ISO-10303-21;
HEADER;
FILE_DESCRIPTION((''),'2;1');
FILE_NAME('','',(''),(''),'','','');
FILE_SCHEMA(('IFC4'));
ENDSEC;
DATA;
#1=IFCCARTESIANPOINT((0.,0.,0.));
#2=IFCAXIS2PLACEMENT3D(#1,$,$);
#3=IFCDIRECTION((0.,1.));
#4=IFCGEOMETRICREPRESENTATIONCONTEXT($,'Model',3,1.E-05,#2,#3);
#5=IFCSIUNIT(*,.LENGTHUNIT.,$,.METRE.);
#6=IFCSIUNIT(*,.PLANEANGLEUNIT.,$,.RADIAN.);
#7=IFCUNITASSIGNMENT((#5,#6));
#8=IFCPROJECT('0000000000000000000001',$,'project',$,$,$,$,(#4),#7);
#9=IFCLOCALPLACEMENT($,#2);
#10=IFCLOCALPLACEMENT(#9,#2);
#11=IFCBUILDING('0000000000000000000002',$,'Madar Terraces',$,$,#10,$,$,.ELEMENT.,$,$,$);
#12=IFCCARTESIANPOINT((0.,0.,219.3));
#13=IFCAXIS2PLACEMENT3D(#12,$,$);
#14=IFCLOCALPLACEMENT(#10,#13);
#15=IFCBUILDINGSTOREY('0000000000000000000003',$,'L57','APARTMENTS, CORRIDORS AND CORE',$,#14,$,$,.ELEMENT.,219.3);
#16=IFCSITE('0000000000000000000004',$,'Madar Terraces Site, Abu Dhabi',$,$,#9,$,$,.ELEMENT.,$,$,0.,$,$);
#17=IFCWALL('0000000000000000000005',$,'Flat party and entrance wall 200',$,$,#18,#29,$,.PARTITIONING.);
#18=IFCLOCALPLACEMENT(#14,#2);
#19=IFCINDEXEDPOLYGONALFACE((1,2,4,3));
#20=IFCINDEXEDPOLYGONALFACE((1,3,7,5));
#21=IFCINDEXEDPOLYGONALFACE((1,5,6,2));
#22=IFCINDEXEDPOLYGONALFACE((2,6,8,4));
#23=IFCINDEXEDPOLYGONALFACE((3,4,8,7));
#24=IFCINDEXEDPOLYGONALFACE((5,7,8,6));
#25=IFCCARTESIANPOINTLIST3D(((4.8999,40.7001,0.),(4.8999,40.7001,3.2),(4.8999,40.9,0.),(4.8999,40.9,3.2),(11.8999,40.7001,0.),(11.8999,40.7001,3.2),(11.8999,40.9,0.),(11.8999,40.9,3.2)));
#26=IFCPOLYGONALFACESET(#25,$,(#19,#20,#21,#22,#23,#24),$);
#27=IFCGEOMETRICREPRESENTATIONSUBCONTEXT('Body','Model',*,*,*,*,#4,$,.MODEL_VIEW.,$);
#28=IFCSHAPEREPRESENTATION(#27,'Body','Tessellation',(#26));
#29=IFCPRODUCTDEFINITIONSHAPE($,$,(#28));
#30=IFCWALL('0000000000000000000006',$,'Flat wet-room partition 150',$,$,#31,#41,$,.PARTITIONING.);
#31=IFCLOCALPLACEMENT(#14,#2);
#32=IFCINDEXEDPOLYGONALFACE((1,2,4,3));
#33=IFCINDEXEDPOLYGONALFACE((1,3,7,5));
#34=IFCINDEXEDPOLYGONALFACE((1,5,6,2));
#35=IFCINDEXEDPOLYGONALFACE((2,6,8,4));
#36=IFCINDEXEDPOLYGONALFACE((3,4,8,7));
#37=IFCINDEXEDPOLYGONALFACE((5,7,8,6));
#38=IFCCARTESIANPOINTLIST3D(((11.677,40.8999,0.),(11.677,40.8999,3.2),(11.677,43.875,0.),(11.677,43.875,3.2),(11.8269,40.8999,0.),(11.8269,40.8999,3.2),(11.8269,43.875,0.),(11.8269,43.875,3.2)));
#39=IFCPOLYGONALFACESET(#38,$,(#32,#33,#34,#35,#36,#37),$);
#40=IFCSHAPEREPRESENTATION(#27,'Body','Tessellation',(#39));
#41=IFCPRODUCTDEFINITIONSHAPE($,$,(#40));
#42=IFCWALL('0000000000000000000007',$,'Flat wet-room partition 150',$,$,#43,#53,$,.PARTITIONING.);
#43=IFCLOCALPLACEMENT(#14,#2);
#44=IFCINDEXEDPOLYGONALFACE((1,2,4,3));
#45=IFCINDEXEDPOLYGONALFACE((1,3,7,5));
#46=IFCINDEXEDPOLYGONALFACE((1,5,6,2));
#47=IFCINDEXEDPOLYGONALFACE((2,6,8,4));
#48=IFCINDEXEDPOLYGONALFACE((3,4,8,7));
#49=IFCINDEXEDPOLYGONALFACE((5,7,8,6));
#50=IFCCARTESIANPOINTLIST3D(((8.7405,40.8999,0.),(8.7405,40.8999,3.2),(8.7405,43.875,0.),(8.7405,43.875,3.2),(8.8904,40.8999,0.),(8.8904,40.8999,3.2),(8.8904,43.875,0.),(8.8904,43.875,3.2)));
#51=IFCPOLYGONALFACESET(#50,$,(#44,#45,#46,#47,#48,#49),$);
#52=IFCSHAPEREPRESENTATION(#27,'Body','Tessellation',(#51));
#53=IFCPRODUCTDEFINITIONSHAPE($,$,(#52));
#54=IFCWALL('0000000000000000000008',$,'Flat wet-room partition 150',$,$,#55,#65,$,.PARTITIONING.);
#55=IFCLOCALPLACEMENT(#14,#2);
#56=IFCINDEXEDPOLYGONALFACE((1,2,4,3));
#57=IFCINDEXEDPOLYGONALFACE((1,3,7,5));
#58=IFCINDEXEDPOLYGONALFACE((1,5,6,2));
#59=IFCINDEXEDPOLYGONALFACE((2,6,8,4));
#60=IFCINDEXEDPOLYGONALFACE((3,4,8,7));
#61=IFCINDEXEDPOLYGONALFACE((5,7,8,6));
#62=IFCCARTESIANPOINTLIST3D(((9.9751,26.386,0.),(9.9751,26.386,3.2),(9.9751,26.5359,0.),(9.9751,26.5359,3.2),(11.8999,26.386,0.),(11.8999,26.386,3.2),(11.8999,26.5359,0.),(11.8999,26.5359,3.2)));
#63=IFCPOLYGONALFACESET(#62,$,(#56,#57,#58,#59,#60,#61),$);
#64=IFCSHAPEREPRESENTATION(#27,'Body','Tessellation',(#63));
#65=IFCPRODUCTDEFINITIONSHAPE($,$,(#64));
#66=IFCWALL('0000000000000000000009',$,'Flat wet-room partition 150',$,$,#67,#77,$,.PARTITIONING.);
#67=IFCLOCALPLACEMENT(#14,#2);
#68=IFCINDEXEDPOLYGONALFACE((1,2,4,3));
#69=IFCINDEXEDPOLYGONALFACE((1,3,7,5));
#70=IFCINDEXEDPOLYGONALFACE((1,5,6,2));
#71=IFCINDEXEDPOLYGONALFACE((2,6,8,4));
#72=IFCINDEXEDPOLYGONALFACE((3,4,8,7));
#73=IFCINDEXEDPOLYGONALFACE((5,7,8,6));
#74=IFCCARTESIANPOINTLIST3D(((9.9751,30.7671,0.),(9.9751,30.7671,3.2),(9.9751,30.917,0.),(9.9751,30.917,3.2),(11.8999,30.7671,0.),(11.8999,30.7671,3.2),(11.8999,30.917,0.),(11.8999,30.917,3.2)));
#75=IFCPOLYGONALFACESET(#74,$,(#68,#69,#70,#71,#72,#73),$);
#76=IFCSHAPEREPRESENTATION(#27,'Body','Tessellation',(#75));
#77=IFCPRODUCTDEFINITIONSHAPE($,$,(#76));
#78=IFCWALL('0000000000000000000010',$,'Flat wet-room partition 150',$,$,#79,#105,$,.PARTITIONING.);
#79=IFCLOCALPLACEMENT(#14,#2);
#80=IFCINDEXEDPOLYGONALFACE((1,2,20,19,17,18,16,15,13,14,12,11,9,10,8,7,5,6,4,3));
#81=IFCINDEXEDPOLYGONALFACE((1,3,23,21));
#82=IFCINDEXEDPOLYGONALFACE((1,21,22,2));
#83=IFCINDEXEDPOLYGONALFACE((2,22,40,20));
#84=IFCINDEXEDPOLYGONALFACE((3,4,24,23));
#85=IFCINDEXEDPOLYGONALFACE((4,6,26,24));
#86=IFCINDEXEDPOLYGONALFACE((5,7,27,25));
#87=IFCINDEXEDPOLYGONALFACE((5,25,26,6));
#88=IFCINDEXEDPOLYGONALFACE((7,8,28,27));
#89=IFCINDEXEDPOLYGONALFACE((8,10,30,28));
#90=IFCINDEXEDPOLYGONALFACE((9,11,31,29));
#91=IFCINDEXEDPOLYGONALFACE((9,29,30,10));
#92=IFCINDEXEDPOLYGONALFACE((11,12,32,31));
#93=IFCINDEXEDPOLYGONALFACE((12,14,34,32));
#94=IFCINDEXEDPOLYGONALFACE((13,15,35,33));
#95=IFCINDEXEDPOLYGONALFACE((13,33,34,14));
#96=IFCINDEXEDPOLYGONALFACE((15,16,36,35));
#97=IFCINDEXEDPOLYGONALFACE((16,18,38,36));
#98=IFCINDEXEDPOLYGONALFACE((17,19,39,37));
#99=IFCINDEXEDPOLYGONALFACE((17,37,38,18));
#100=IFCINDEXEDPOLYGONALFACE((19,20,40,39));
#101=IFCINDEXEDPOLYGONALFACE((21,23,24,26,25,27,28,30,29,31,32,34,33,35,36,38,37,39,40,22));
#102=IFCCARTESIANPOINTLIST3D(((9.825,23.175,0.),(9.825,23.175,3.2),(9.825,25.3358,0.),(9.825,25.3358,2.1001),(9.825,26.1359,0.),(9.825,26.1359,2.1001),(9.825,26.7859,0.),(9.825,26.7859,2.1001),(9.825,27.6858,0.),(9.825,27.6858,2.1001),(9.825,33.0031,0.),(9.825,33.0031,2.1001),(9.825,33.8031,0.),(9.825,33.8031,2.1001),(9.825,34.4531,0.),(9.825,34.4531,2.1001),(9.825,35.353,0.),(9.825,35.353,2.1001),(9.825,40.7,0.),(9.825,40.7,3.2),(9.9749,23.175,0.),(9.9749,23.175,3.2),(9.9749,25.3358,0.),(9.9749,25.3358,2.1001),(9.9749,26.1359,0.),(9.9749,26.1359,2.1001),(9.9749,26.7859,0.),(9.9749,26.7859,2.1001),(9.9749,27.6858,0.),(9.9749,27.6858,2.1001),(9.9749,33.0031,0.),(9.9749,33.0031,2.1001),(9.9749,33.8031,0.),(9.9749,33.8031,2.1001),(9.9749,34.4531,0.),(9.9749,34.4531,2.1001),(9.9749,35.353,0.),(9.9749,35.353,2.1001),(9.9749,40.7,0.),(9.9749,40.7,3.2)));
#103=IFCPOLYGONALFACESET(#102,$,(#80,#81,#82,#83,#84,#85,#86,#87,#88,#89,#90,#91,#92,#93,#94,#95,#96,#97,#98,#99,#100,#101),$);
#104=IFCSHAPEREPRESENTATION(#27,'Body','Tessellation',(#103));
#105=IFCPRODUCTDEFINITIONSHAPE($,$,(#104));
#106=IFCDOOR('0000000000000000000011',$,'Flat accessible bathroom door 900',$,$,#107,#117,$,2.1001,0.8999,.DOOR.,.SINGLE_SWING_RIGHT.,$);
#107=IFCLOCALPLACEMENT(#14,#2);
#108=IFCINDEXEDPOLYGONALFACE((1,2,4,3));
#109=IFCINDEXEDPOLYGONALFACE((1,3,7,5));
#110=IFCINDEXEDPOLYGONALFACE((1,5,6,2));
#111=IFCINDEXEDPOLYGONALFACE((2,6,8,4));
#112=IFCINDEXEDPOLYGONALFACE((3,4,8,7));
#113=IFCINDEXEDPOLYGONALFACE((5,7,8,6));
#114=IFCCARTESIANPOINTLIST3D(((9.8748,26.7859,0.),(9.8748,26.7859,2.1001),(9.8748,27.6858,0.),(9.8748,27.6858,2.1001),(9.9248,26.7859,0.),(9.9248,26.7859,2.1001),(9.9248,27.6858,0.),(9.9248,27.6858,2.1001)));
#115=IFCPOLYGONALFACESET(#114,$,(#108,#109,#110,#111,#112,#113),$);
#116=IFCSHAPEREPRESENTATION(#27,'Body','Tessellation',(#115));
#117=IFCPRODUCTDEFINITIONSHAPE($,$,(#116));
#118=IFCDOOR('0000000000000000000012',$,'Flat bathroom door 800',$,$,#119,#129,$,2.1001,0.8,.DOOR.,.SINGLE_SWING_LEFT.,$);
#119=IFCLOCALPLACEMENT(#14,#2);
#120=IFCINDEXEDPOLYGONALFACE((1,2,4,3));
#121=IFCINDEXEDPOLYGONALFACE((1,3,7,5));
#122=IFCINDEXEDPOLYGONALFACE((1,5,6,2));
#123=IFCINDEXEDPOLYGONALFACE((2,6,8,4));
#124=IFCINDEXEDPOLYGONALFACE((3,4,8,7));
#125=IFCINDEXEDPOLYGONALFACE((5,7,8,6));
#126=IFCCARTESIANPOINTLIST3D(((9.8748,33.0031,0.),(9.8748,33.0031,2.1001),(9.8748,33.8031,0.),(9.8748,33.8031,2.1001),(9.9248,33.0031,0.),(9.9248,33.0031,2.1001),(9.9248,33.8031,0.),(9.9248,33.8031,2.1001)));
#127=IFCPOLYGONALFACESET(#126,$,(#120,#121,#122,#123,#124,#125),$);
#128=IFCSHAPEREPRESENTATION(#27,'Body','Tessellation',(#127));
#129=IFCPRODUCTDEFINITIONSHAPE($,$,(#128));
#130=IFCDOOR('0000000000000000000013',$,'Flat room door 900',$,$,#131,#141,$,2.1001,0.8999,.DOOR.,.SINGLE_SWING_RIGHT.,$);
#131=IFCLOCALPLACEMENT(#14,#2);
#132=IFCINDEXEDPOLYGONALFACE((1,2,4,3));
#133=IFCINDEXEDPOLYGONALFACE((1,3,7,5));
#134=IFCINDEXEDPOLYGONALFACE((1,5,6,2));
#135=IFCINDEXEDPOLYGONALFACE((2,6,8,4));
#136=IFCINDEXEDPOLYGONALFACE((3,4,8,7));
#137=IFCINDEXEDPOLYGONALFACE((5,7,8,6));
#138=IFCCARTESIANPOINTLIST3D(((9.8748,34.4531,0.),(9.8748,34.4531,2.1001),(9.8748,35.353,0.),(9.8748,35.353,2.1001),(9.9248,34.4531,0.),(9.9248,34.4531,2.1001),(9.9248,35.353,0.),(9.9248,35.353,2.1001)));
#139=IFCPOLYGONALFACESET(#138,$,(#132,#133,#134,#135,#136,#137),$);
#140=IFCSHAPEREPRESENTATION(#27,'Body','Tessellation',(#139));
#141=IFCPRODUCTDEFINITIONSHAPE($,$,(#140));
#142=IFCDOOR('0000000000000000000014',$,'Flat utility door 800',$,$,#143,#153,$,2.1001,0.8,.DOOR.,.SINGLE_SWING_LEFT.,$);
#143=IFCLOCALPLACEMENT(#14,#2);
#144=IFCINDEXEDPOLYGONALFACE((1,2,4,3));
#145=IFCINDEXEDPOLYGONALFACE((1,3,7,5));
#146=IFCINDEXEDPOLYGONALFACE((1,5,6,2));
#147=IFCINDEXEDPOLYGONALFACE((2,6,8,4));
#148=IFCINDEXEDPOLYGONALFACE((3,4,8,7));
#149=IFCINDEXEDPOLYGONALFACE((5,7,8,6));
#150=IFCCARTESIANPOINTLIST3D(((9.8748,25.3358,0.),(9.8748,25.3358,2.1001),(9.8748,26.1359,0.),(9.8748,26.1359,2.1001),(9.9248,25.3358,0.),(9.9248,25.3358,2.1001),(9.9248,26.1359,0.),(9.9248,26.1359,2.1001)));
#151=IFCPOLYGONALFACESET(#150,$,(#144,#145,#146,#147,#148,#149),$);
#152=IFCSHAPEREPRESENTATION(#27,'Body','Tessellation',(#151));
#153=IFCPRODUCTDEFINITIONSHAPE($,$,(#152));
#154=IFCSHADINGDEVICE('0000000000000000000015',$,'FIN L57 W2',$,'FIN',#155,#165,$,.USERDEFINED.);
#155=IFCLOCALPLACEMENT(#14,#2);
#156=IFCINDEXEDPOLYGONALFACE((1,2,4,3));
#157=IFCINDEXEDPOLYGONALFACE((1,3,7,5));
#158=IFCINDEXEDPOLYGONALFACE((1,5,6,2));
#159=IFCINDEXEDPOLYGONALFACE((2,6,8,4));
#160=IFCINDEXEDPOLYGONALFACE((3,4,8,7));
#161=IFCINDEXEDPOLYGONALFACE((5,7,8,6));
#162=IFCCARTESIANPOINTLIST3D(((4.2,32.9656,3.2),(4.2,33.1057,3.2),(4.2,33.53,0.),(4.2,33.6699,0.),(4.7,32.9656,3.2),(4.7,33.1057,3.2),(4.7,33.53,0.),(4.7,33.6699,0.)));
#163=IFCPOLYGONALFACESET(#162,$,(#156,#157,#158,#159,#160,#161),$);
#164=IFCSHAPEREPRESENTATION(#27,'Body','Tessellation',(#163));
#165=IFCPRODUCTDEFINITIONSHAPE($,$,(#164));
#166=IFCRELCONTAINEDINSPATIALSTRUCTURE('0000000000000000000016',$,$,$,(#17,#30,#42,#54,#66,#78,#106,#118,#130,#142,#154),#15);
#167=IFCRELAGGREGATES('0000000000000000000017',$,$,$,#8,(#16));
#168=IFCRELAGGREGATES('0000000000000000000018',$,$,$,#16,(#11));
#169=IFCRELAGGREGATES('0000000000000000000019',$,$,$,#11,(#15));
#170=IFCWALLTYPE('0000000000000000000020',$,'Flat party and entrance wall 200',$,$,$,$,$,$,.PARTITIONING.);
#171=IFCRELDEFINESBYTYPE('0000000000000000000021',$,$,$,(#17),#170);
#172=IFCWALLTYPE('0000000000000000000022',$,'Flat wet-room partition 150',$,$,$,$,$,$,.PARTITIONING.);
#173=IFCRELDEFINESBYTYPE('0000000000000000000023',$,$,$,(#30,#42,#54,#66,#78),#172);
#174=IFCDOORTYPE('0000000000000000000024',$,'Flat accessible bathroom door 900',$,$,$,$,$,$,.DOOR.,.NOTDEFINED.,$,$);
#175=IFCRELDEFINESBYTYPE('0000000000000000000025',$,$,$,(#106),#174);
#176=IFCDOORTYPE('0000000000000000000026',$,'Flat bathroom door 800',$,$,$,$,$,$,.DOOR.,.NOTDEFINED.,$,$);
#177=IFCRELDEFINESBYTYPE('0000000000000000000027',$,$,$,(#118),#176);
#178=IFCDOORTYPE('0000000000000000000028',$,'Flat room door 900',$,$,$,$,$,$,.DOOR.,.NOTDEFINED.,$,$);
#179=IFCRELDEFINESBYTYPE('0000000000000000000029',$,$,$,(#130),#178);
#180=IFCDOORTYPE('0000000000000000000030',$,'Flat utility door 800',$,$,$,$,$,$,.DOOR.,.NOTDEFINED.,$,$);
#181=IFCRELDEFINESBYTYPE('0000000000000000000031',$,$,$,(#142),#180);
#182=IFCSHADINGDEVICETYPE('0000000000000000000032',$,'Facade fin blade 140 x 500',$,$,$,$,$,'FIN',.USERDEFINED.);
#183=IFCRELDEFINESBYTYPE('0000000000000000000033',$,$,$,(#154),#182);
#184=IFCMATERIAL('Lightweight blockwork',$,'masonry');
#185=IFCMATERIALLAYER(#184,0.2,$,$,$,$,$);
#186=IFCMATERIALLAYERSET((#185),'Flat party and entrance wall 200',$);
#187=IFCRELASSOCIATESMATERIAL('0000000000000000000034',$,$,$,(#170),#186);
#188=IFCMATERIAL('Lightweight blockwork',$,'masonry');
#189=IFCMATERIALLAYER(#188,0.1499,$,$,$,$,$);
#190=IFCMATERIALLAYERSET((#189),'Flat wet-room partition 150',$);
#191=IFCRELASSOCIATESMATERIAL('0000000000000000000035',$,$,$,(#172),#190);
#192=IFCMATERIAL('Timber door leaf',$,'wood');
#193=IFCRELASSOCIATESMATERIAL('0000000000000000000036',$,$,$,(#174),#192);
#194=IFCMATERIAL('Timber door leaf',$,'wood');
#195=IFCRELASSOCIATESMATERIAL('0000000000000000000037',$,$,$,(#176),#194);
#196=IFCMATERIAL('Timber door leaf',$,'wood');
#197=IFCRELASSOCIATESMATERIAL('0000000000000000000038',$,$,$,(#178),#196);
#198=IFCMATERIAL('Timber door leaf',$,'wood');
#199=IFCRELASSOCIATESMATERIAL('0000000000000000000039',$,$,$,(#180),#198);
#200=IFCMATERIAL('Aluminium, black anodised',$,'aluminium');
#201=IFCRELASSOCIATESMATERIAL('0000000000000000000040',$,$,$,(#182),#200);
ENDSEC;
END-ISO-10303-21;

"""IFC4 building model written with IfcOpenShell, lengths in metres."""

from ifc_helpers import new_model, si_unit, direction, frame, frame_2d, origin, place, context, subcontext, project, spatial, polyline, rectangle, outline, extrude, material, layer, layer_set, type_object, element, fill, save


model = new_model("IFC4")

# Units and contexts
model_context = context("Model", 3, precision=1e-05, world=origin(), true_north=direction((0.0, 1.0)))
body_context = subcontext(model_context, "Body", "Model", "MODEL_VIEW")
ifc_project = project(units=[si_unit("LENGTHUNIT", "METRE"), si_unit("PLANEANGLEUNIT", "RADIAN")], contexts=[model_context])

# Site, building, storey
site_placement = place(None, origin())
site = spatial("IfcSite", under=ifc_project, at=site_placement, Name="Madar Terraces Site, Abu Dhabi", CompositionType="ELEMENT", RefElevation=0.0)
building_placement = place(site_placement, origin())
building = spatial("IfcBuilding", under=site, at=building_placement, Name="Madar Terraces", CompositionType="ELEMENT")
storey_placement = place(building_placement, frame((0.0, 0.0, 219.3)))
storey = spatial("IfcBuildingStorey", under=building, at=storey_placement, Name="L57", Description="APARTMENTS, CORRIDORS AND CORE", CompositionType="ELEMENT", Elevation=219.3)

# Walls
ifc_material_1 = material(Name="Lightweight blockwork", Category="masonry")
ifc_layer_1 = layer(ifc_material_1, 0.2)
ifc_layer_set_1 = layer_set([ifc_layer_1], Name="Flat party and entrance wall 200")
wall_type_1 = type_object("IfcWallType", Name="Flat party and entrance wall 200", PredefinedType="PARTITIONING", material=ifc_layer_set_1)
wall_1_placement = place(storey_placement, frame((4.8999, 40.8, 0.0), z_axis=(0.0, 0.0, 1.0), x_axis=(1.0, 0.0, 0.0)))
element("IfcWall", 1, at=wall_1_placement, inside=storey, type_object=wall_type_1, Name="Flat party and entrance wall 200", PredefinedType="PARTITIONING", context=body_context, shape_type="SweptSolid", body=[
    extrude(rectangle(XDim=7.0, YDim=0.2, at=frame_2d((3.5, 0.0))), origin(), (0.0, 0.0, 1.0), 3.2),
])
ifc_material_2 = material(Name="Lightweight blockwork", Category="masonry")
ifc_layer_2 = layer(ifc_material_2, 0.1499)
ifc_layer_set_2 = layer_set([ifc_layer_2], Name="Flat wet-room partition 150")
wall_type_2 = type_object("IfcWallType", Name="Flat wet-room partition 150", PredefinedType="PARTITIONING", material=ifc_layer_set_2)
for number, where, z_axis, x_axis, name in (
    (2, (11.752, 40.8999, 0.0), (0.0, 0.0, 1.0), (0.0, 1.0, 0.0), "Flat wet-room partition 150"),
    (3, (8.8154, 40.8999, 0.0), (0.0, 0.0, 1.0), (0.0, 1.0, 0.0), "Flat wet-room partition 150"),
):
    element("IfcWall", number, at=place(storey_placement, frame(where, z_axis=z_axis, x_axis=x_axis)), inside=storey, type_object=wall_type_2, Name=name, PredefinedType="PARTITIONING", context=body_context, shape_type="SweptSolid", body=[
        extrude(rectangle(XDim=2.9751, YDim=0.1499, at=frame_2d((1.4875, 0.0))), origin(), (0.0, 0.0, 1.0), 3.2),
    ])
for number, where, z_axis, x_axis, name in (
    (4, (11.8999, 26.4609, 0.0), (0.0, 0.0, 1.0), (-1.0, 0.0, 0.0), "Flat wet-room partition 150"),
    (5, (11.8999, 30.842, 0.0), (0.0, 0.0, 1.0), (-1.0, 0.0, 0.0), "Flat wet-room partition 150"),
):
    element("IfcWall", number, at=place(storey_placement, frame(where, z_axis=z_axis, x_axis=x_axis)), inside=storey, type_object=wall_type_2, Name=name, PredefinedType="PARTITIONING", context=body_context, shape_type="SweptSolid", body=[
        extrude(rectangle(XDim=1.9248, YDim=0.1499, at=frame_2d((0.9624, 0.0))), origin(), (0.0, 0.0, 1.0), 3.2),
    ])

# Wall, openings, doors
wall_2_placement = place(storey_placement, frame((9.8999, 40.7, 0.0), z_axis=(0.0, 0.0, 1.0), x_axis=(0.0, -1.0, 0.0)))
wall_2 = element("IfcWall", 6, at=wall_2_placement, inside=storey, type_object=wall_type_2, Name="Flat wet-room partition 150", PredefinedType="PARTITIONING", context=body_context, shape_type="SweptSolid", body=[
    extrude(rectangle(XDim=17.5249, YDim=0.1499, at=frame_2d((8.7625, 0.0))), origin(), (0.0, 0.0, 1.0), 3.2),
])
opening_1_placement = place(wall_2_placement, frame((14.5642, 0.0, 0.0)))
opening_1 = element("IfcOpeningElement", 7, at=opening_1_placement, cuts=wall_2, PredefinedType="OPENING", context=body_context, shape_type="SweptSolid", body=[
    extrude(rectangle(XDim=0.8, YDim=2.1001, at=frame_2d((0.3999, 1.05))), frame((0.0, 0.085, 0.0), z_axis=(0.0, -1.0, 0.0), x_axis=(1.0, 0.0, 0.0)), (0.0, 0.0, 1.0), 0.1699),
])
opening_2_placement = place(wall_2_placement, frame((13.0142, 0.0, 0.0)))
opening_2 = element("IfcOpeningElement", 8, at=opening_2_placement, cuts=wall_2, PredefinedType="OPENING", context=body_context, shape_type="SweptSolid", body=[
    extrude(rectangle(XDim=0.8999, YDim=2.1001, at=frame_2d((0.45, 1.05))), frame((0.0, 0.085, 0.0), z_axis=(0.0, -1.0, 0.0), x_axis=(1.0, 0.0, 0.0)), (0.0, 0.0, 1.0), 0.1699),
])
opening_3_placement = place(wall_2_placement, frame((6.897, 0.0, 0.0)))
opening_3 = element("IfcOpeningElement", 9, at=opening_3_placement, cuts=wall_2, PredefinedType="OPENING", context=body_context, shape_type="SweptSolid", body=[
    extrude(rectangle(XDim=0.8, YDim=2.1001, at=frame_2d((0.3999, 1.05))), frame((0.0, 0.085, 0.0), z_axis=(0.0, -1.0, 0.0), x_axis=(1.0, 0.0, 0.0)), (0.0, 0.0, 1.0), 0.1699),
])
opening_4_placement = place(wall_2_placement, frame((5.3469, 0.0, 0.0)))
opening_4 = element("IfcOpeningElement", 10, at=opening_4_placement, cuts=wall_2, PredefinedType="OPENING", context=body_context, shape_type="SweptSolid", body=[
    extrude(rectangle(XDim=0.8999, YDim=2.1001, at=frame_2d((0.45, 1.05))), frame((0.0, 0.085, 0.0), z_axis=(0.0, -1.0, 0.0), x_axis=(1.0, 0.0, 0.0)), (0.0, 0.0, 1.0), 0.1699),
])
ifc_material_3 = material(Name="Timber door leaf", Category="wood")
door_type_1 = type_object("IfcDoorType", Name="Flat accessible bathroom door 900", OperationType="NOTDEFINED", PredefinedType="DOOR", material=ifc_material_3)
door_1_placement = place(opening_2_placement, origin())
door_1 = element("IfcDoor", 11, at=door_1_placement, inside=storey, type_object=door_type_1, Name="Flat accessible bathroom door 900", OperationType="SINGLE_SWING_RIGHT", OverallHeight=2.1001, OverallWidth=0.8999, PredefinedType="DOOR", context=body_context, shape_type="SweptSolid", body=[
    extrude(rectangle(XDim=0.8999, YDim=2.1001, at=frame_2d((0.45, 1.05))), frame((0.0, 0.0249, 0.0), z_axis=(0.0, -1.0, 0.0), x_axis=(1.0, 0.0, 0.0)), (0.0, 0.0, 1.0), 0.05),
])
fill(opening_2, door_1)
ifc_material_4 = material(Name="Timber door leaf", Category="wood")
door_type_2 = type_object("IfcDoorType", Name="Flat bathroom door 800", OperationType="NOTDEFINED", PredefinedType="DOOR", material=ifc_material_4)
door_2_placement = place(opening_3_placement, origin())
door_2 = element("IfcDoor", 12, at=door_2_placement, inside=storey, type_object=door_type_2, Name="Flat bathroom door 800", OperationType="SINGLE_SWING_LEFT", OverallHeight=2.1001, OverallWidth=0.8, PredefinedType="DOOR", context=body_context, shape_type="SweptSolid", body=[
    extrude(rectangle(XDim=0.8, YDim=2.1001, at=frame_2d((0.3999, 1.05))), frame((0.0, 0.0249, 0.0), z_axis=(0.0, -1.0, 0.0), x_axis=(1.0, 0.0, 0.0)), (0.0, 0.0, 1.0), 0.05),
])
fill(opening_3, door_2)
ifc_material_5 = material(Name="Timber door leaf", Category="wood")
door_type_3 = type_object("IfcDoorType", Name="Flat room door 900", OperationType="NOTDEFINED", PredefinedType="DOOR", material=ifc_material_5)
door_3_placement = place(opening_4_placement, origin())
door_3 = element("IfcDoor", 13, at=door_3_placement, inside=storey, type_object=door_type_3, Name="Flat room door 900", OperationType="SINGLE_SWING_RIGHT", OverallHeight=2.1001, OverallWidth=0.8999, PredefinedType="DOOR", context=body_context, shape_type="SweptSolid", body=[
    extrude(rectangle(XDim=0.8999, YDim=2.1001, at=frame_2d((0.45, 1.05))), frame((0.0, 0.0249, 0.0), z_axis=(0.0, -1.0, 0.0), x_axis=(1.0, 0.0, 0.0)), (0.0, 0.0, 1.0), 0.05),
])
fill(opening_4, door_3)
ifc_material_6 = material(Name="Timber door leaf", Category="wood")
door_type_4 = type_object("IfcDoorType", Name="Flat utility door 800", OperationType="NOTDEFINED", PredefinedType="DOOR", material=ifc_material_6)
door_4_placement = place(opening_1_placement, origin())
door_4 = element("IfcDoor", 14, at=door_4_placement, inside=storey, type_object=door_type_4, Name="Flat utility door 800", OperationType="SINGLE_SWING_LEFT", OverallHeight=2.1001, OverallWidth=0.8, PredefinedType="DOOR", context=body_context, shape_type="SweptSolid", body=[
    extrude(rectangle(XDim=0.8, YDim=2.1001, at=frame_2d((0.3999, 1.05))), frame((0.0, 0.0249, 0.0), z_axis=(0.0, -1.0, 0.0), x_axis=(1.0, 0.0, 0.0)), (0.0, 0.0, 1.0), 0.05),
])
fill(opening_1, door_4)

# Shading device
ifc_material_7 = material(Name="Aluminium, black anodised", Category="aluminium")
shading_device_type = type_object("IfcShadingDeviceType", Name="Facade fin blade 140 x 500", ElementType="FIN", PredefinedType="USERDEFINED", material=ifc_material_7)
shading_device_1_placement = place(storey_placement, frame((4.45, 33.6699, 0.0), z_axis=(0.0, 0.0, 1.0), x_axis=(0.0, -1.0, 0.0)))
element("IfcShadingDevice", 15, at=shading_device_1_placement, inside=storey, type_object=shading_device_type, Name="FIN L57 W2", ObjectType="FIN", PredefinedType="USERDEFINED", context=body_context, shape_type="SweptSolid", body=[
    extrude(outline(polyline([(0.0, 0.0), (0.1399, 0.0), (0.7043, 3.2), (0.5642, 3.2), (0.0, 0.0)])), frame((0.0, 0.25, 0.0), z_axis=(0.0, -1.0, 0.0), x_axis=(1.0, 0.0, 0.0)), (0.0, 0.0, 1.0), 0.5),
])

save(model, "model.ifc")
